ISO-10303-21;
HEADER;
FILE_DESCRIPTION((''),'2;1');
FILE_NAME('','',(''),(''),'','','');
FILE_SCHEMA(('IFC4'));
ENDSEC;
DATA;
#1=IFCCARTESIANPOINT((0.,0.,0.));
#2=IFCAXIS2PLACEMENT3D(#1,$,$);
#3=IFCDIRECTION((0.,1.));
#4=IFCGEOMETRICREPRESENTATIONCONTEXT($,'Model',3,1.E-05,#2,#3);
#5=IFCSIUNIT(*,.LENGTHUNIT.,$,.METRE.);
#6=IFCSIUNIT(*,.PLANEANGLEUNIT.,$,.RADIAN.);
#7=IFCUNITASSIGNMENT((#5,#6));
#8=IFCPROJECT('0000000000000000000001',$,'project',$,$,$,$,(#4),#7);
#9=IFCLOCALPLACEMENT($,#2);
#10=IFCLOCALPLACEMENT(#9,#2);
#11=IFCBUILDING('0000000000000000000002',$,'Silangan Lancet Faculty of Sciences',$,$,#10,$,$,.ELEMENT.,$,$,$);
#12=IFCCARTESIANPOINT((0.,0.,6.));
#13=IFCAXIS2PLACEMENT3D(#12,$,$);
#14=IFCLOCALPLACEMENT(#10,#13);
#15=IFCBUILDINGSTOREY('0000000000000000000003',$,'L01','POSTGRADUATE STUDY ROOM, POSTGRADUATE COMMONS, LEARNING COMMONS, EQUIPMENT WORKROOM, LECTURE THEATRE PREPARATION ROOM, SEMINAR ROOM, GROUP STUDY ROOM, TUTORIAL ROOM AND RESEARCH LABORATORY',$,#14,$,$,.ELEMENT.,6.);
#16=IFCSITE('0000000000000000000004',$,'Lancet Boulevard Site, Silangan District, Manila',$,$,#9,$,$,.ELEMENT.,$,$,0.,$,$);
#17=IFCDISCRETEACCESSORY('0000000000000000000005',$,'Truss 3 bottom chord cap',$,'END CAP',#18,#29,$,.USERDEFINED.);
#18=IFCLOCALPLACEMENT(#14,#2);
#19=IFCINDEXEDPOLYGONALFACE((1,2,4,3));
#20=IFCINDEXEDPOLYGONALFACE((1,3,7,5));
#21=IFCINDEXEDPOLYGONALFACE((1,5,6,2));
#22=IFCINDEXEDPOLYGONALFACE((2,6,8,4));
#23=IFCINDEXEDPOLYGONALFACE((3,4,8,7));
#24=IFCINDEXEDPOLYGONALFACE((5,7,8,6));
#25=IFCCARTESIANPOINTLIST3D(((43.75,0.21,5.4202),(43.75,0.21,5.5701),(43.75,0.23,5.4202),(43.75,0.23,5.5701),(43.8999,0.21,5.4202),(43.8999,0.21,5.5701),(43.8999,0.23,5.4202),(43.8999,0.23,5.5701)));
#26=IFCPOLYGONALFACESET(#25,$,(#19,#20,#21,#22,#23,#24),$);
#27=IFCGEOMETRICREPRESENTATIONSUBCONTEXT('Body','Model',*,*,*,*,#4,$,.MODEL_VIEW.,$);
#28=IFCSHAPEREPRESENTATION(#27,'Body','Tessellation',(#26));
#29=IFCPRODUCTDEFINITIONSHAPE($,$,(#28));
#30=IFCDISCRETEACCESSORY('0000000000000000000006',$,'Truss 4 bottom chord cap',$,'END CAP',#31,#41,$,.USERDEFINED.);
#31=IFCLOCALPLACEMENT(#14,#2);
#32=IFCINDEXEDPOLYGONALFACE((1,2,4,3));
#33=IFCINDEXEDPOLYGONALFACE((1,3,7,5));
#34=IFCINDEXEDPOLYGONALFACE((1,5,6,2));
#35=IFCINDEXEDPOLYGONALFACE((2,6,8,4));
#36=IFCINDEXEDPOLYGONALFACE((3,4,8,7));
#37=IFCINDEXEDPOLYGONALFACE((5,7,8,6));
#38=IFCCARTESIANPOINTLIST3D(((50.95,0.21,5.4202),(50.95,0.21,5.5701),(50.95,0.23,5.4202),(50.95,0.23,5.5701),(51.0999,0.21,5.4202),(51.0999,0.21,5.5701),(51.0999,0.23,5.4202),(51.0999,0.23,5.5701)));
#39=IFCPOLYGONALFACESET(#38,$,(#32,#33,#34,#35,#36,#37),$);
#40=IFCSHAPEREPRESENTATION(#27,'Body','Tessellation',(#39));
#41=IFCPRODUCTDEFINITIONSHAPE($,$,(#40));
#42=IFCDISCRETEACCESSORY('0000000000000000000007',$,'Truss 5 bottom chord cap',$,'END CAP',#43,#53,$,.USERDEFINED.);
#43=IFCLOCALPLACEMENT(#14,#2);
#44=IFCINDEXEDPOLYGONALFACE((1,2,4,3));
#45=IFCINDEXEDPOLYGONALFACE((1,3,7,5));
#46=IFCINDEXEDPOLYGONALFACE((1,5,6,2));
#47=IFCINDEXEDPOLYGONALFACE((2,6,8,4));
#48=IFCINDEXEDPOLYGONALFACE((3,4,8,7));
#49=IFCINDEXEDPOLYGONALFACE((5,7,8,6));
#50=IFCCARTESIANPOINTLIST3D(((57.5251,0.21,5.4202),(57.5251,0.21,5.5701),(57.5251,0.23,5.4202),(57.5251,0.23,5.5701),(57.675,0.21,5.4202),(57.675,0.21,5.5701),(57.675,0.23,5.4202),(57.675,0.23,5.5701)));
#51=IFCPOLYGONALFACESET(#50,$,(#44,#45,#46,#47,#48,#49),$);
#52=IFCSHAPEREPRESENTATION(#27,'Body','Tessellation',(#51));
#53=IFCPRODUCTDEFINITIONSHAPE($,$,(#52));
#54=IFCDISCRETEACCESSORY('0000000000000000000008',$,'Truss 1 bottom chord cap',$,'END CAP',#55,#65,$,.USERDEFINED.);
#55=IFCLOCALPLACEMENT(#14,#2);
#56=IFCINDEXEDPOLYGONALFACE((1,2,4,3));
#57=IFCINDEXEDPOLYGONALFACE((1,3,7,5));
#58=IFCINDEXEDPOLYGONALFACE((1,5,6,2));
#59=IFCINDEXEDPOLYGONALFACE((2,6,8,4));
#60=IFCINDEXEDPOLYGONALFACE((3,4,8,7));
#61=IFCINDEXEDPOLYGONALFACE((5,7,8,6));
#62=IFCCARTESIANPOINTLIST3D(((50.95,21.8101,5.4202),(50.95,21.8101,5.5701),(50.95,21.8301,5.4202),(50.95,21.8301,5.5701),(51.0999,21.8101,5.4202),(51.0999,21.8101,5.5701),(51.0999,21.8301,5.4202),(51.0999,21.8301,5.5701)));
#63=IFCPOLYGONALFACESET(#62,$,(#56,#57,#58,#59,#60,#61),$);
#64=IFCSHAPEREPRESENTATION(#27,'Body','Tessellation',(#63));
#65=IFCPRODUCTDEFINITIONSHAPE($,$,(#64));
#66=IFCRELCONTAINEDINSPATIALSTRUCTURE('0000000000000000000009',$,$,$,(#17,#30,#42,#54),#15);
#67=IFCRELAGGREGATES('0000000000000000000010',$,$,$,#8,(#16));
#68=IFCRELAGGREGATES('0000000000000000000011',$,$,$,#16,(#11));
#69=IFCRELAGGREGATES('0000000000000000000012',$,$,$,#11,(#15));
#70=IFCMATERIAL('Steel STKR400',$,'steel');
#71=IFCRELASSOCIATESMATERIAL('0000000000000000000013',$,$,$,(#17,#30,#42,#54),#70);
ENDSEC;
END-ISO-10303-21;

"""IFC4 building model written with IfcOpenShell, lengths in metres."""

from ifc_helpers import new_model, si_unit, direction, frame, origin, origin_2d, place, context, subcontext, project, spatial, rectangle, extrude, material, element, save


model = new_model("IFC4")

# Units and contexts
model_context = context("Model", 3, precision=1e-05, world=origin(), true_north=direction((0.0, 1.0)))
body_context = subcontext(model_context, "Body", "Model", "MODEL_VIEW")
ifc_project = project(units=[si_unit("LENGTHUNIT", "METRE"), si_unit("PLANEANGLEUNIT", "RADIAN")], contexts=[model_context])

# Site, building, storey
site_placement = place(None, origin())
site = spatial("IfcSite", under=ifc_project, at=site_placement, Name="Lancet Boulevard Site, Silangan District, Manila", CompositionType="ELEMENT", RefElevation=0.0)
building_placement = place(site_placement, origin())
building = spatial("IfcBuilding", under=site, at=building_placement, Name="Silangan Lancet Faculty of Sciences", CompositionType="ELEMENT")
storey_placement = place(building_placement, frame((0.0, 0.0, 6.0)))
storey = spatial("IfcBuildingStorey", under=building, at=storey_placement, Name="L01", Description="POSTGRADUATE STUDY ROOM, POSTGRADUATE COMMONS, LEARNING COMMONS, EQUIPMENT WORKROOM, LECTURE THEATRE PREPARATION ROOM, SEMINAR ROOM, GROUP STUDY ROOM, TUTORIAL ROOM AND RESEARCH LABORATORY", CompositionType="ELEMENT", Elevation=6.0)

# Discrete accessories
ifc_material_1 = material(Name="Steel STKR400", Category="steel")
for number, where, z_axis, x_axis, name in (
    (1, (43.825, 0.22, 5.4202), (0.0, 0.0, 1.0), (1.0, 0.0, 0.0), "Truss 3 bottom chord cap"),
    (2, (51.0249, 0.22, 5.4202), (0.0, 0.0, 1.0), (1.0, 0.0, 0.0), "Truss 4 bottom chord cap"),
    (3, (57.6001, 0.22, 5.4202), (0.0, 0.0, 1.0), (1.0, 0.0, 0.0), "Truss 5 bottom chord cap"),
    (4, (51.0249, 21.8201, 5.4202), (0.0, 0.0, 1.0), (1.0, 0.0, 0.0), "Truss 1 bottom chord cap"),
):
    element("IfcDiscreteAccessory", number, at=place(storey_placement, frame(where, z_axis=z_axis, x_axis=x_axis)), inside=storey, material=ifc_material_1, Name=name, ObjectType="END CAP", PredefinedType="USERDEFINED", context=body_context, shape_type="SweptSolid", body=[
        extrude(rectangle(XDim=0.1499, YDim=0.02, at=origin_2d()), origin(), (0.0, 0.0, 1.0), 0.1499),
    ])

save(model, "model.ifc")
